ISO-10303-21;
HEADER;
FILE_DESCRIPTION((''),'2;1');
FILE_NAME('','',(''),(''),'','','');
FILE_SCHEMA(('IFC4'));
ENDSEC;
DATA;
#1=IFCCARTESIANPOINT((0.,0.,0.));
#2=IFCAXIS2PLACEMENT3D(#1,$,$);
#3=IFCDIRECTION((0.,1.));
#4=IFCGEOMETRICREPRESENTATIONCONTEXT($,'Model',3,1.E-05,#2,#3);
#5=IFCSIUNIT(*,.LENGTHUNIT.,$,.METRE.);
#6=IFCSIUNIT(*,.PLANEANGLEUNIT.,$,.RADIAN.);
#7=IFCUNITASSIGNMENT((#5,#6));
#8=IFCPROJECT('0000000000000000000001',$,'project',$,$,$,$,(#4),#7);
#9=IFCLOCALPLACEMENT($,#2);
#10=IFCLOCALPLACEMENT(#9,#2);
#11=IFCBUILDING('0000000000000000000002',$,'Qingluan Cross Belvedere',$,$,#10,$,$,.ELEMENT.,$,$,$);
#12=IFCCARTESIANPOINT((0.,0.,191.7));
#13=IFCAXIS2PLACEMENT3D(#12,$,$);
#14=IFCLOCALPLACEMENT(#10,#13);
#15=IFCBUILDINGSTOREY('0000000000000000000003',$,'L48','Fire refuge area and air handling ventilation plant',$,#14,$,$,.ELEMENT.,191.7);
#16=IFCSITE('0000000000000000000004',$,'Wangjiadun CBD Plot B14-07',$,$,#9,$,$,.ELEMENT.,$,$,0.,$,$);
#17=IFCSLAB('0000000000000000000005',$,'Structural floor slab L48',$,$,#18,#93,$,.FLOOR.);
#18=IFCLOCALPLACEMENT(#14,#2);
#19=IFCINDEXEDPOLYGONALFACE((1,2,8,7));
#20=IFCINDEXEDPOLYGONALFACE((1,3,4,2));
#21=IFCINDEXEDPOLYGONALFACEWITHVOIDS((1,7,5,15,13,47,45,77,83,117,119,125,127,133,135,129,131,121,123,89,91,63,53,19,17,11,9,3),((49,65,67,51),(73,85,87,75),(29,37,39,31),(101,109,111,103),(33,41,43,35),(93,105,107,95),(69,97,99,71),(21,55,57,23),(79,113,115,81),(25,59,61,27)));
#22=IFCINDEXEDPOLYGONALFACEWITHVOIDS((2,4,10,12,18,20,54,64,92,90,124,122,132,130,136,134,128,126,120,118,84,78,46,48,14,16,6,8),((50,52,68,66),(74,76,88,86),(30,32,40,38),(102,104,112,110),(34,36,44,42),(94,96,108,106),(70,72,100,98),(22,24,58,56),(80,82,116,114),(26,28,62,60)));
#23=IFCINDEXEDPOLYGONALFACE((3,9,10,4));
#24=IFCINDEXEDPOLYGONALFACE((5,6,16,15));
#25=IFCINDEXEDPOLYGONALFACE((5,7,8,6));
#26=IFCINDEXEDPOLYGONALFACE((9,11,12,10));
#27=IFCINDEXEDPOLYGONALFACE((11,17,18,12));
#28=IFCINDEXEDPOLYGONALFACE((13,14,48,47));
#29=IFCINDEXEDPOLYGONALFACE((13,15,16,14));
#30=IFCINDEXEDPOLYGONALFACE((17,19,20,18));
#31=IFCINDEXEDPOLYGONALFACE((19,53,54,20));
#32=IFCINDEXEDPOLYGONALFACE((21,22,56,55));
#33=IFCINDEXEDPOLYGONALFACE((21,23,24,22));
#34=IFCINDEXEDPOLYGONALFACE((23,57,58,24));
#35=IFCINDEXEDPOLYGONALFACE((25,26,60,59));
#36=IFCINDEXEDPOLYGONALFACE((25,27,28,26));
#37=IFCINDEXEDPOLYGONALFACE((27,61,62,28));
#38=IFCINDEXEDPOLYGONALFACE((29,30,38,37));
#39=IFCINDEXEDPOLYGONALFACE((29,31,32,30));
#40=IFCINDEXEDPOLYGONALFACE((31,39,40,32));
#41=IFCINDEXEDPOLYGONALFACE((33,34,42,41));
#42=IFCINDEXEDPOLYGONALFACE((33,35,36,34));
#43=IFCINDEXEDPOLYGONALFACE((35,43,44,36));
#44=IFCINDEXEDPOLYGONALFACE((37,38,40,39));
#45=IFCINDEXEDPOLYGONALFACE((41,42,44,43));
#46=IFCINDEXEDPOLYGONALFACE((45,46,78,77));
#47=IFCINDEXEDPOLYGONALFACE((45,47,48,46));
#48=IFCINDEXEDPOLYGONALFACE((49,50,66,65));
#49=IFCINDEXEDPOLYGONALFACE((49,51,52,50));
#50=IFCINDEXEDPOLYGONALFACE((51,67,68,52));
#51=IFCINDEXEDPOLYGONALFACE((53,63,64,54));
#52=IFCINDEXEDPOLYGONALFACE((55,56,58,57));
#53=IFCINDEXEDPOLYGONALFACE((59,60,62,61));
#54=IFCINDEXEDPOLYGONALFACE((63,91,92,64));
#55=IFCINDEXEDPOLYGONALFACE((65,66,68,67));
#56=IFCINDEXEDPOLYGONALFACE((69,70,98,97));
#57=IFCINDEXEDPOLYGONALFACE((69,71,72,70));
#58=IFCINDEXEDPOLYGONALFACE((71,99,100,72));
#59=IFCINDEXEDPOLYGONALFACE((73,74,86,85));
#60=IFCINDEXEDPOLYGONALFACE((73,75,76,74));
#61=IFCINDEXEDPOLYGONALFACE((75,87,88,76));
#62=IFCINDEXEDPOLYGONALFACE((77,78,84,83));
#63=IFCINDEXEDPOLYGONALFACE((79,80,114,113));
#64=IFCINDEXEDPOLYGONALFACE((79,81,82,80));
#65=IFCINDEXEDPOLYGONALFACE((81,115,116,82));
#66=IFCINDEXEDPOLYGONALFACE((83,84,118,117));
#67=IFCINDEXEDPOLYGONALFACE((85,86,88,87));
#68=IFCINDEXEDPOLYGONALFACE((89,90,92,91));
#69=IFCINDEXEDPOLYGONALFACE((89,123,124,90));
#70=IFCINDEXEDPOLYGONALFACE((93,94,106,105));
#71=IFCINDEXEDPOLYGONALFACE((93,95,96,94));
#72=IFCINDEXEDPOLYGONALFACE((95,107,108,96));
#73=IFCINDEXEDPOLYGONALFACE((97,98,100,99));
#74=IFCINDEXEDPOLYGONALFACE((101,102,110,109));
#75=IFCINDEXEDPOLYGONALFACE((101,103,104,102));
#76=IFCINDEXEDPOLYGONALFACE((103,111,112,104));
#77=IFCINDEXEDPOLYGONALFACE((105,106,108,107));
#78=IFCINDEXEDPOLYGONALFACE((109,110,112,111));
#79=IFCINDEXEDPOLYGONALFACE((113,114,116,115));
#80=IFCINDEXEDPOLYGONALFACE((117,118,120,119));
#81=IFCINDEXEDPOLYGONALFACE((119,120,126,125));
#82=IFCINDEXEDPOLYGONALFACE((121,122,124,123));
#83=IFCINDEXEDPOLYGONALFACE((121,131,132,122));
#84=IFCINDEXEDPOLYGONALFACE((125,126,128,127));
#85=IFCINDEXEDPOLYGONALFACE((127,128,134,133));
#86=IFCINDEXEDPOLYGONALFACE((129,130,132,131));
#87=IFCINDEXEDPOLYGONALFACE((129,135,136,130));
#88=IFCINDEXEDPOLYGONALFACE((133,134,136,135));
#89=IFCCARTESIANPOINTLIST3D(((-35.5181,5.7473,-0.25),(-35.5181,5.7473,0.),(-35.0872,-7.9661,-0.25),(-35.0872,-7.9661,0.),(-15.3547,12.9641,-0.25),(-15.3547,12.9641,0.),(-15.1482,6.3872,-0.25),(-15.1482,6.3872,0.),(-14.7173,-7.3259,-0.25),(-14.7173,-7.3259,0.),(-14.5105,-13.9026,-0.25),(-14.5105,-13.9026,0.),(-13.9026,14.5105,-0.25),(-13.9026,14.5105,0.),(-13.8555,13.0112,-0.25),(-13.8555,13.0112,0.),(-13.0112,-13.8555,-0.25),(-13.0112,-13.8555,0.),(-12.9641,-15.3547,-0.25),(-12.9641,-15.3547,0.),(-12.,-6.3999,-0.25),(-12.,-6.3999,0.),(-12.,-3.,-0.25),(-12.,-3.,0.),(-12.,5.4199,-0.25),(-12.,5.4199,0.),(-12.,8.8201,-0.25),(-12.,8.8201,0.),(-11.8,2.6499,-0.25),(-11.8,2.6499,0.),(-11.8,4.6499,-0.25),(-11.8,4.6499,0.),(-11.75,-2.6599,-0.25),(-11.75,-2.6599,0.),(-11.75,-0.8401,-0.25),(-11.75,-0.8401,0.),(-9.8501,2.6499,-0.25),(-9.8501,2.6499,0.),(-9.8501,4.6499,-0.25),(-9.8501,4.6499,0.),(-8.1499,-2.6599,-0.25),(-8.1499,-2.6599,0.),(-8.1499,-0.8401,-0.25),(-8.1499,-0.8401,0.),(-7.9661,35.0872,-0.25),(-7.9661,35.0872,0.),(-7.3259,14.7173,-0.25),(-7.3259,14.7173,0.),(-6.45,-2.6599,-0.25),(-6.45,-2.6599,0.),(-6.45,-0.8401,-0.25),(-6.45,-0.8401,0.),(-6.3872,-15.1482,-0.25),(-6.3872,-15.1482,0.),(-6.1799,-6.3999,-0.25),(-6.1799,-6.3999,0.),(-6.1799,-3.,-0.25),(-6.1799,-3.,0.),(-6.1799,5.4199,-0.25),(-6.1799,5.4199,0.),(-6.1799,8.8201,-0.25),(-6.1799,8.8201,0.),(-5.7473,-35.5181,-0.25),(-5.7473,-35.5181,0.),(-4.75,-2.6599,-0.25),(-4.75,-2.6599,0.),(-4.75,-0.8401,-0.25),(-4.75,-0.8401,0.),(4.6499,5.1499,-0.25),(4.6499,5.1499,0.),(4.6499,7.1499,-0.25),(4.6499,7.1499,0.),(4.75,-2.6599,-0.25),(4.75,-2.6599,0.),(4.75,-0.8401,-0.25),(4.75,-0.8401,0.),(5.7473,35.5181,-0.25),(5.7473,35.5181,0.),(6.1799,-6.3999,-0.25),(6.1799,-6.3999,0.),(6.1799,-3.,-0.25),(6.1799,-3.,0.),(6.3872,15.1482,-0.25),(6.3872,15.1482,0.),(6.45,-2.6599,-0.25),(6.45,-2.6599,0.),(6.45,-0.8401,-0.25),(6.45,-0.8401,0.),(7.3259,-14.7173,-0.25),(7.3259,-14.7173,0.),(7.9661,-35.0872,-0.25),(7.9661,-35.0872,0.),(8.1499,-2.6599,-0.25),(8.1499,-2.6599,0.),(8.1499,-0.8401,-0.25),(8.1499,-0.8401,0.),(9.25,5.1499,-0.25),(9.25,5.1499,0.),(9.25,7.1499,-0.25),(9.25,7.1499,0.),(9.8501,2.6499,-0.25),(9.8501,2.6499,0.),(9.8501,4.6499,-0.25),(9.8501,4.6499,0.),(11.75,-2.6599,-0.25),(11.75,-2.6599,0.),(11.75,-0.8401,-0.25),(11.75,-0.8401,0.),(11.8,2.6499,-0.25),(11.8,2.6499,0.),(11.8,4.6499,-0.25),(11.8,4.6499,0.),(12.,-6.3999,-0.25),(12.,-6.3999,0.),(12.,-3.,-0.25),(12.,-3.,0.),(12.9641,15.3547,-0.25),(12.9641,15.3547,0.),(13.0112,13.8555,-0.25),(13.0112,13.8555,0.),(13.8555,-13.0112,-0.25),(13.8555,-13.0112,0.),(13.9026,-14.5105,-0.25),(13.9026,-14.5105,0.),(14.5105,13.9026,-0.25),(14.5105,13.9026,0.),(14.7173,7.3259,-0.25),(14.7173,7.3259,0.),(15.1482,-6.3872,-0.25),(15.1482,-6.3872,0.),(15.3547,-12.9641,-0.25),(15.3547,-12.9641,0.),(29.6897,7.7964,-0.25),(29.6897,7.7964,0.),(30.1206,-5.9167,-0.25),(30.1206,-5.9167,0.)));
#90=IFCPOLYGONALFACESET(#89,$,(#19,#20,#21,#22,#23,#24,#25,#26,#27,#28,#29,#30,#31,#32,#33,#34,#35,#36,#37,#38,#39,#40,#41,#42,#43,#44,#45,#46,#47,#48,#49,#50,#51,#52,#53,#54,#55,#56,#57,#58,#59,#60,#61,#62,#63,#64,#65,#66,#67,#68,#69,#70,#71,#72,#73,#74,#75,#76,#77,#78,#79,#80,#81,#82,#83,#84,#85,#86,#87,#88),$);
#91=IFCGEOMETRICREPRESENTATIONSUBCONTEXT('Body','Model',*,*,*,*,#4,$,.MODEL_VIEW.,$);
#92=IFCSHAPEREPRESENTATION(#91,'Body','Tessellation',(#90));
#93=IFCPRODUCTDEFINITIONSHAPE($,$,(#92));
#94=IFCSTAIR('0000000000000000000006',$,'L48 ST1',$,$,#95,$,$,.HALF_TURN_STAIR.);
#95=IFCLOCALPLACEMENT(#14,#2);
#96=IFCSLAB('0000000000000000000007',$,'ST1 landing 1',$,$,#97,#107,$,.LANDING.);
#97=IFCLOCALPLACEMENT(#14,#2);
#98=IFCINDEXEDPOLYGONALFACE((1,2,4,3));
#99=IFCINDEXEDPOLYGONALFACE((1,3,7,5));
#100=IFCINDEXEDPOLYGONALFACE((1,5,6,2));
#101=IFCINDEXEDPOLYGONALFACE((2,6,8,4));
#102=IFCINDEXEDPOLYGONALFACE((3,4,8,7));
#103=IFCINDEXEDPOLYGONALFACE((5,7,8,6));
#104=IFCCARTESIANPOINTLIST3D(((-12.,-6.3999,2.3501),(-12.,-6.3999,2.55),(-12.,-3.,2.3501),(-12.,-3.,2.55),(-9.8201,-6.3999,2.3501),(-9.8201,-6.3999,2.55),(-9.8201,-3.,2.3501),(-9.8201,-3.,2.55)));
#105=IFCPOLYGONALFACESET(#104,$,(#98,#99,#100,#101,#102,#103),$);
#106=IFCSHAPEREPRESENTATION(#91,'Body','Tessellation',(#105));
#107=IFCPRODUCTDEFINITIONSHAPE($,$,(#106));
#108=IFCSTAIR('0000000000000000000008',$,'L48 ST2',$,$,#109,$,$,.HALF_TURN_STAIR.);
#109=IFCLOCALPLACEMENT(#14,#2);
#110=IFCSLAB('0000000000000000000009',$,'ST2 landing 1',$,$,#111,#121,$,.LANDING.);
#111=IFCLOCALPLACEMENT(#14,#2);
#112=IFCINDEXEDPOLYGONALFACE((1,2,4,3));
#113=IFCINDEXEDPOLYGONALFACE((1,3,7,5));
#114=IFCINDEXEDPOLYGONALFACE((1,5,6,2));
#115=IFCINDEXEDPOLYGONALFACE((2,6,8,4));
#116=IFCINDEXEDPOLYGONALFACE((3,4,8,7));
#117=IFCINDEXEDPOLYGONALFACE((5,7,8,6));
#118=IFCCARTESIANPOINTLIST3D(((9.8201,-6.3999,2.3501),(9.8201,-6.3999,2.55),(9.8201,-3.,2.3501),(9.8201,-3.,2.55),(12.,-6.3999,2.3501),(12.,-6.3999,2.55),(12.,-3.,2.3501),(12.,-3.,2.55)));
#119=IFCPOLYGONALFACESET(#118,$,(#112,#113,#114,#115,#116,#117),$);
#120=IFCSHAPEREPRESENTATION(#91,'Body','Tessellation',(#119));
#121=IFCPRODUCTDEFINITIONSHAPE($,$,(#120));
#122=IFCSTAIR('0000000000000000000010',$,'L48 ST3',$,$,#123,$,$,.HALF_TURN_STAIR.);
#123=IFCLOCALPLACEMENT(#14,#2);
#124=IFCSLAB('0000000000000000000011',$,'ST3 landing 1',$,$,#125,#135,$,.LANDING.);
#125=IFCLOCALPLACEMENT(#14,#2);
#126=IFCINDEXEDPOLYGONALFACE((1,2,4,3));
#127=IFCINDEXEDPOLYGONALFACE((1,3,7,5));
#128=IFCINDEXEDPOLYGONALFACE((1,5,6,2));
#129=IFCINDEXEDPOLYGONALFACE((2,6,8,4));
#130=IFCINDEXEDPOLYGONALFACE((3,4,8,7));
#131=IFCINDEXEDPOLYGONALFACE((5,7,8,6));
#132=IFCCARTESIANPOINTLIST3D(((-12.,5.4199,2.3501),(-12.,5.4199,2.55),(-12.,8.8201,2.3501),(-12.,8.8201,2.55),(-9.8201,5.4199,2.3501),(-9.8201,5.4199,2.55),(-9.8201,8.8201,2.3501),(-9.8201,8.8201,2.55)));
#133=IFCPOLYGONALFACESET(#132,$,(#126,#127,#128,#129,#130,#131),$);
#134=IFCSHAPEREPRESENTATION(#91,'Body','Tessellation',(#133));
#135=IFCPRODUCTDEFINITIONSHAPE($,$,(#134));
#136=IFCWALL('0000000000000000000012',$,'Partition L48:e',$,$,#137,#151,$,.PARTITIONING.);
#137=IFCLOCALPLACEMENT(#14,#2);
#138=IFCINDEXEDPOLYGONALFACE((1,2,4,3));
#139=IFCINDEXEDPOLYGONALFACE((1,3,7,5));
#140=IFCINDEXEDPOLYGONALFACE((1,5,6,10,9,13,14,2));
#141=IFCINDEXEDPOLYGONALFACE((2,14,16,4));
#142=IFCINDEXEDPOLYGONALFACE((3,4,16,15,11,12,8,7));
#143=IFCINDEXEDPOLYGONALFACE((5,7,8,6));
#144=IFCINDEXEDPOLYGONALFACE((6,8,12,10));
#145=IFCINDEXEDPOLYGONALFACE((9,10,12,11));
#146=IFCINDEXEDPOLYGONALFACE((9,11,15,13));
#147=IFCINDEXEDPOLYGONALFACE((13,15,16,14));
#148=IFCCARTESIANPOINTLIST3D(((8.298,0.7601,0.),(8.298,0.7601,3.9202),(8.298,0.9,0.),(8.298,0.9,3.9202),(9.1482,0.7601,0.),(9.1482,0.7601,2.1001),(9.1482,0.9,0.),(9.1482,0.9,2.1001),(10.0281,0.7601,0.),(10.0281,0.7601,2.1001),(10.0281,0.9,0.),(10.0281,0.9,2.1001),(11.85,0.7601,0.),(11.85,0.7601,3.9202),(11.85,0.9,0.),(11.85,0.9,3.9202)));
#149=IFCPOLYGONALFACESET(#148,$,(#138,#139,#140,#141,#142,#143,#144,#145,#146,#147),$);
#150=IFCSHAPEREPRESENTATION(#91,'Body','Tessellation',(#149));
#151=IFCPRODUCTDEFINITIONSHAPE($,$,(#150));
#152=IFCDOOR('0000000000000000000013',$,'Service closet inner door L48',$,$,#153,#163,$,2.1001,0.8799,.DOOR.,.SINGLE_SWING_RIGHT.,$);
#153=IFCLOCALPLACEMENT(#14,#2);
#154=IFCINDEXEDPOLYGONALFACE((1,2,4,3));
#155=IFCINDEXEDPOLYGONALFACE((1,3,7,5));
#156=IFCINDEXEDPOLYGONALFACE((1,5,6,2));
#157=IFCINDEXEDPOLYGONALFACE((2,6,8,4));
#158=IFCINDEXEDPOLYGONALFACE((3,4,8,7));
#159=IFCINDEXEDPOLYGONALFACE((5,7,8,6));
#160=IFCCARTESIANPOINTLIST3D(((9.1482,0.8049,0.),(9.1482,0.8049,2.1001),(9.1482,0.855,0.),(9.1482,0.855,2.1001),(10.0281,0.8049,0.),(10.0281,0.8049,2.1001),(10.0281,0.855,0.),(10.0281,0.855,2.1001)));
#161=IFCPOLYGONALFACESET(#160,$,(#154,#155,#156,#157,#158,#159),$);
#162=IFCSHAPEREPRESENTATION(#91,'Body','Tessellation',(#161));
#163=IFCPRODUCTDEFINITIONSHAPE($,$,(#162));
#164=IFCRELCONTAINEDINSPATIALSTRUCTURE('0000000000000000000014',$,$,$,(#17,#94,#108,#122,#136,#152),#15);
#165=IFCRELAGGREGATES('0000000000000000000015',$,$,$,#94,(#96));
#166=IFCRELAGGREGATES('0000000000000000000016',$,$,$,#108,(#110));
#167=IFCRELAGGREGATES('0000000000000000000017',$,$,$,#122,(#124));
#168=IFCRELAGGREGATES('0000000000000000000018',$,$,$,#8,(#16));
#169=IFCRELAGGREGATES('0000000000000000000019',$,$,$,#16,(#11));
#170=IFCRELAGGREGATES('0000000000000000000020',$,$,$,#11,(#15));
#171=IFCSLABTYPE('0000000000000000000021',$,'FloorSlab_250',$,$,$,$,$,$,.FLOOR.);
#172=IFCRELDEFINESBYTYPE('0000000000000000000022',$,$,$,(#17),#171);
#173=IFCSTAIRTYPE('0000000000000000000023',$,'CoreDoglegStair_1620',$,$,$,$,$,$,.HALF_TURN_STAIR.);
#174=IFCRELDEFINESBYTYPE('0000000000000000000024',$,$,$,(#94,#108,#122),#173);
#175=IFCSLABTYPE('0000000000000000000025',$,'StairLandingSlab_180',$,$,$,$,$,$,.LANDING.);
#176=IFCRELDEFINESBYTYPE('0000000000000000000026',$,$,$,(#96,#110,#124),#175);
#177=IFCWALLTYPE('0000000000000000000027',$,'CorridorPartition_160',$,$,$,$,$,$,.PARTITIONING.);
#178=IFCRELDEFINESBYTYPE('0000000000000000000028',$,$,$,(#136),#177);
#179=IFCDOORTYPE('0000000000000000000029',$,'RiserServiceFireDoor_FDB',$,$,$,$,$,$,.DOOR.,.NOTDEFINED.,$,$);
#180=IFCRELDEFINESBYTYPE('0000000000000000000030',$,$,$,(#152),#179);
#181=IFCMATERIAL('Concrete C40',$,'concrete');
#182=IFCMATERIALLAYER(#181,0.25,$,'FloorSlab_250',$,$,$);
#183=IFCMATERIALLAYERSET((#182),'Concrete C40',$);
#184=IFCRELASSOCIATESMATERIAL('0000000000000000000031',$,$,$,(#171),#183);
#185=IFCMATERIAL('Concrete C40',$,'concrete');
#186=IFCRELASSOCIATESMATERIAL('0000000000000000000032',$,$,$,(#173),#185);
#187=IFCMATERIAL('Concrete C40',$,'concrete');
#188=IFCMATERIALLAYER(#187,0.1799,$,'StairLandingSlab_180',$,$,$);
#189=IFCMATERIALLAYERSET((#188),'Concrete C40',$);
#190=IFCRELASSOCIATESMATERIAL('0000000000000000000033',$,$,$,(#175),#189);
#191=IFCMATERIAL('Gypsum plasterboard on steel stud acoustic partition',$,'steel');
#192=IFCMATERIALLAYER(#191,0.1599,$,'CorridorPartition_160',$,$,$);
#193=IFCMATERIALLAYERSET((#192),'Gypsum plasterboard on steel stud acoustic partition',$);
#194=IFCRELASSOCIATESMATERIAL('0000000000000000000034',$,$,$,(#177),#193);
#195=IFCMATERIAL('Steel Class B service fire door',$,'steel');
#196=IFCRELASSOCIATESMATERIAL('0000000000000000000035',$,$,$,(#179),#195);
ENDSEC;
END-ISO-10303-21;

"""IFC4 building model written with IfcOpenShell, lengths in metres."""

from ifc_helpers import new_model, si_unit, direction, frame, frame_2d, origin, place, context, subcontext, project, spatial, polyline, rectangle, outline, extrude, material, layer, layer_set, type_object, element, fill, aggregate, save


model = new_model("IFC4")

# Units and contexts
model_context = context("Model", 3, precision=1e-05, world=origin(), true_north=direction((0.0, 1.0)))
body_context = subcontext(model_context, "Body", "Model", "MODEL_VIEW")
ifc_project = project(units=[si_unit("LENGTHUNIT", "METRE"), si_unit("PLANEANGLEUNIT", "RADIAN")], contexts=[model_context])

# Site, building, storey
site_placement = place(None, origin())
site = spatial("IfcSite", under=ifc_project, at=site_placement, Name="Wangjiadun CBD Plot B14-07", CompositionType="ELEMENT", RefElevation=0.0)
building_placement = place(site_placement, origin())
building = spatial("IfcBuilding", under=site, at=building_placement, Name="Qingluan Cross Belvedere", CompositionType="ELEMENT")
storey_placement = place(building_placement, frame((0.0, 0.0, 191.7)))
storey = spatial("IfcBuildingStorey", under=building, at=storey_placement, Name="L48", Description="Fire refuge area and air handling ventilation plant", CompositionType="ELEMENT", Elevation=191.7)

# Slab
ifc_material_1 = material(Name="Concrete C40", Category="concrete")
ifc_layer_1 = layer(ifc_material_1, 0.25, Name="FloorSlab_250")
ifc_layer_set_1 = layer_set([ifc_layer_1], Name="Concrete C40")
slab_type_1 = type_object("IfcSlabType", Name="FloorSlab_250", PredefinedType="FLOOR", material=ifc_layer_set_1)
slab_1_placement = place(storey_placement, frame((0.0, 0.0, -0.25)))
element("IfcSlab", 1, at=slab_1_placement, inside=storey, type_object=slab_type_1, Name="Structural floor slab L48", PredefinedType="FLOOR", context=body_context, shape_type="SweptSolid", body=[
    extrude(outline(polyline([(7.9661, -35.0872), (7.3259, -14.7173), (13.9026, -14.5105), (13.8555, -13.0112), (15.3547, -12.9641), (15.1482, -6.3872), (30.1206, -5.9167), (29.6897, 7.7964), (14.7173, 7.3259), (14.5105, 13.9026), (13.0112, 13.8555), (12.9641, 15.3547), (6.3872, 15.1482), (5.7473, 35.5181), (-7.9661, 35.0872), (-7.3259, 14.7173), (-13.9026, 14.5105), (-13.8555, 13.0112), (-15.3547, 12.9641), (-15.1482, 6.3872), (-35.5181, 5.7473), (-35.0872, -7.9661), (-14.7173, -7.3259), (-14.5105, -13.9026), (-13.0112, -13.8555), (-12.9641, -15.3547), (-6.3872, -15.1482), (-5.7473, -35.5181), (7.9661, -35.0872)]), holes=[polyline([(-12.0, -3.0), (-6.1799, -3.0), (-6.1799, -6.3999), (-12.0, -6.3999), (-12.0, -3.0)]), polyline([(6.1799, -3.0), (12.0, -3.0), (12.0, -6.3999), (6.1799, -6.3999), (6.1799, -3.0)]), polyline([(-12.0, 8.8201), (-6.1799, 8.8201), (-6.1799, 5.4199), (-12.0, 5.4199), (-12.0, 8.8201)]), polyline([(-11.8, 4.6499), (-9.8501, 4.6499), (-9.8501, 2.6499), (-11.8, 2.6499), (-11.8, 4.6499)]), polyline([(9.8501, 4.6499), (11.8, 4.6499), (11.8, 2.6499), (9.8501, 2.6499), (9.8501, 4.6499)]), polyline([(-11.75, -0.8401), (-8.1499, -0.8401), (-8.1499, -2.6599), (-11.75, -2.6599), (-11.75, -0.8401)]), polyline([(-6.45, -0.8401), (-4.75, -0.8401), (-4.75, -2.6599), (-6.45, -2.6599), (-6.45, -0.8401)]), polyline([(4.75, -0.8401), (6.45, -0.8401), (6.45, -2.6599), (4.75, -2.6599), (4.75, -0.8401)]), polyline([(8.1499, -0.8401), (11.75, -0.8401), (11.75, -2.6599), (8.1499, -2.6599), (8.1499, -0.8401)]), polyline([(4.6499, 7.1499), (9.25, 7.1499), (9.25, 5.1499), (4.6499, 5.1499), (4.6499, 7.1499)])]), origin(), (0.0, 0.0, 1.0), 0.25),
])

# Stairs, slabs
ifc_material_2 = material(Name="Concrete C40", Category="concrete")
stair_type = type_object("IfcStairType", Name="CoreDoglegStair_1620", PredefinedType="HALF_TURN_STAIR", material=ifc_material_2)
stair_1_placement = place(storey_placement, origin())
stair_1 = element("IfcStair", 2, at=stair_1_placement, inside=storey, type_object=stair_type, Name="L48 ST1", PredefinedType="HALF_TURN_STAIR")
ifc_material_3 = material(Name="Concrete C40", Category="concrete")
ifc_layer_2 = layer(ifc_material_3, 0.1799, Name="StairLandingSlab_180")
ifc_layer_set_2 = layer_set([ifc_layer_2], Name="Concrete C40")
slab_type_2 = type_object("IfcSlabType", Name="StairLandingSlab_180", PredefinedType="LANDING", material=ifc_layer_set_2)
slab_2_placement = place(storey_placement, frame((0.0, 0.0, 2.3501)))
slab_2 = element("IfcSlab", 3, at=slab_2_placement, type_object=slab_type_2, Name="ST1 landing 1", PredefinedType="LANDING", context=body_context, shape_type="SweptSolid", body=[
    extrude(outline(polyline([(-9.8201, -3.0), (-12.0, -3.0), (-12.0, -6.3999), (-9.8201, -6.3999), (-9.8201, -3.0)])), origin(), (0.0, 0.0, 1.0), 0.2),
])
aggregate(stair_1, [slab_2])
stair_2_placement = place(storey_placement, origin())
stair_2 = element("IfcStair", 4, at=stair_2_placement, inside=storey, type_object=stair_type, Name="L48 ST2", PredefinedType="HALF_TURN_STAIR")
slab_3_placement = place(storey_placement, frame((0.0, 0.0, 2.3501)))
slab_3 = element("IfcSlab", 5, at=slab_3_placement, type_object=slab_type_2, Name="ST2 landing 1", PredefinedType="LANDING", context=body_context, shape_type="SweptSolid", body=[
    extrude(outline(polyline([(9.8201, -6.3999), (12.0, -6.3999), (12.0, -3.0), (9.8201, -3.0), (9.8201, -6.3999)])), origin(), (0.0, 0.0, 1.0), 0.2),
])
aggregate(stair_2, [slab_3])
stair_3_placement = place(storey_placement, origin())
stair_3 = element("IfcStair", 6, at=stair_3_placement, inside=storey, type_object=stair_type, Name="L48 ST3", PredefinedType="HALF_TURN_STAIR")
slab_4_placement = place(storey_placement, frame((0.0, 0.0, 2.3501)))
slab_4 = element("IfcSlab", 7, at=slab_4_placement, type_object=slab_type_2, Name="ST3 landing 1", PredefinedType="LANDING", context=body_context, shape_type="SweptSolid", body=[
    extrude(outline(polyline([(-9.8201, 8.8201), (-12.0, 8.8201), (-12.0, 5.4199), (-9.8201, 5.4199), (-9.8201, 8.8201)])), origin(), (0.0, 0.0, 1.0), 0.2),
])
aggregate(stair_3, [slab_4])

# Wall, opening, door
ifc_material_4 = material(Name="Gypsum plasterboard on steel stud acoustic partition", Category="steel")
ifc_layer_3 = layer(ifc_material_4, 0.1599, Name="CorridorPartition_160")
ifc_layer_set_3 = layer_set([ifc_layer_3], Name="Gypsum plasterboard on steel stud acoustic partition")
wall_type_1 = type_object("IfcWallType", Name="CorridorPartition_160", PredefinedType="PARTITIONING", material=ifc_layer_set_3)
wall_1_placement = place(storey_placement, frame((8.2981, 0.8301, 0.0), z_axis=(0.0, 0.0, 1.0), x_axis=(1.0, 0.0, 0.0)))
wall_1 = element("IfcWall", 8, at=wall_1_placement, inside=storey, type_object=wall_type_1, Name="Partition L48:e", PredefinedType="PARTITIONING", context=body_context, shape_type="SweptSolid", body=[
    extrude(rectangle(XDim=3.552, YDim=0.1399, at=frame_2d((1.7759, 0.0))), origin(), (0.0, 0.0, 1.0), 3.9202),
])
opening_1_placement = place(wall_1_placement, frame((0.8501, 0.0, 0.0)))
opening_1 = element("IfcOpeningElement", 9, at=opening_1_placement, cuts=wall_1, PredefinedType="OPENING", context=body_context, shape_type="SweptSolid", body=[
    extrude(rectangle(XDim=0.8799, YDim=2.1001, at=frame_2d((0.4399, 1.05))), frame((0.0, 0.0798, 0.0), z_axis=(0.0, -1.0, 0.0), x_axis=(1.0, 0.0, 0.0)), (0.0, 0.0, 1.0), 0.1599),
])
ifc_material_5 = material(Name="Steel Class B service fire door", Category="steel")
door_type_1 = type_object("IfcDoorType", Name="RiserServiceFireDoor_FDB", OperationType="NOTDEFINED", PredefinedType="DOOR", material=ifc_material_5)
door_1_placement = place(opening_1_placement, origin())
door_1 = element("IfcDoor", 10, at=door_1_placement, inside=storey, type_object=door_type_1, Name="Service closet inner door L48", OperationType="SINGLE_SWING_RIGHT", OverallHeight=2.1001, OverallWidth=0.8799, PredefinedType="DOOR", context=body_context, shape_type="SweptSolid", body=[
    extrude(rectangle(XDim=0.8799, YDim=2.1001, at=frame_2d((0.4399, 1.05))), frame((0.0, 0.0249, 0.0), z_axis=(0.0, -1.0, 0.0), x_axis=(1.0, 0.0, 0.0)), (0.0, 0.0, 1.0), 0.05),
])
fill(opening_1, door_1)

save(model, "model.ifc")
